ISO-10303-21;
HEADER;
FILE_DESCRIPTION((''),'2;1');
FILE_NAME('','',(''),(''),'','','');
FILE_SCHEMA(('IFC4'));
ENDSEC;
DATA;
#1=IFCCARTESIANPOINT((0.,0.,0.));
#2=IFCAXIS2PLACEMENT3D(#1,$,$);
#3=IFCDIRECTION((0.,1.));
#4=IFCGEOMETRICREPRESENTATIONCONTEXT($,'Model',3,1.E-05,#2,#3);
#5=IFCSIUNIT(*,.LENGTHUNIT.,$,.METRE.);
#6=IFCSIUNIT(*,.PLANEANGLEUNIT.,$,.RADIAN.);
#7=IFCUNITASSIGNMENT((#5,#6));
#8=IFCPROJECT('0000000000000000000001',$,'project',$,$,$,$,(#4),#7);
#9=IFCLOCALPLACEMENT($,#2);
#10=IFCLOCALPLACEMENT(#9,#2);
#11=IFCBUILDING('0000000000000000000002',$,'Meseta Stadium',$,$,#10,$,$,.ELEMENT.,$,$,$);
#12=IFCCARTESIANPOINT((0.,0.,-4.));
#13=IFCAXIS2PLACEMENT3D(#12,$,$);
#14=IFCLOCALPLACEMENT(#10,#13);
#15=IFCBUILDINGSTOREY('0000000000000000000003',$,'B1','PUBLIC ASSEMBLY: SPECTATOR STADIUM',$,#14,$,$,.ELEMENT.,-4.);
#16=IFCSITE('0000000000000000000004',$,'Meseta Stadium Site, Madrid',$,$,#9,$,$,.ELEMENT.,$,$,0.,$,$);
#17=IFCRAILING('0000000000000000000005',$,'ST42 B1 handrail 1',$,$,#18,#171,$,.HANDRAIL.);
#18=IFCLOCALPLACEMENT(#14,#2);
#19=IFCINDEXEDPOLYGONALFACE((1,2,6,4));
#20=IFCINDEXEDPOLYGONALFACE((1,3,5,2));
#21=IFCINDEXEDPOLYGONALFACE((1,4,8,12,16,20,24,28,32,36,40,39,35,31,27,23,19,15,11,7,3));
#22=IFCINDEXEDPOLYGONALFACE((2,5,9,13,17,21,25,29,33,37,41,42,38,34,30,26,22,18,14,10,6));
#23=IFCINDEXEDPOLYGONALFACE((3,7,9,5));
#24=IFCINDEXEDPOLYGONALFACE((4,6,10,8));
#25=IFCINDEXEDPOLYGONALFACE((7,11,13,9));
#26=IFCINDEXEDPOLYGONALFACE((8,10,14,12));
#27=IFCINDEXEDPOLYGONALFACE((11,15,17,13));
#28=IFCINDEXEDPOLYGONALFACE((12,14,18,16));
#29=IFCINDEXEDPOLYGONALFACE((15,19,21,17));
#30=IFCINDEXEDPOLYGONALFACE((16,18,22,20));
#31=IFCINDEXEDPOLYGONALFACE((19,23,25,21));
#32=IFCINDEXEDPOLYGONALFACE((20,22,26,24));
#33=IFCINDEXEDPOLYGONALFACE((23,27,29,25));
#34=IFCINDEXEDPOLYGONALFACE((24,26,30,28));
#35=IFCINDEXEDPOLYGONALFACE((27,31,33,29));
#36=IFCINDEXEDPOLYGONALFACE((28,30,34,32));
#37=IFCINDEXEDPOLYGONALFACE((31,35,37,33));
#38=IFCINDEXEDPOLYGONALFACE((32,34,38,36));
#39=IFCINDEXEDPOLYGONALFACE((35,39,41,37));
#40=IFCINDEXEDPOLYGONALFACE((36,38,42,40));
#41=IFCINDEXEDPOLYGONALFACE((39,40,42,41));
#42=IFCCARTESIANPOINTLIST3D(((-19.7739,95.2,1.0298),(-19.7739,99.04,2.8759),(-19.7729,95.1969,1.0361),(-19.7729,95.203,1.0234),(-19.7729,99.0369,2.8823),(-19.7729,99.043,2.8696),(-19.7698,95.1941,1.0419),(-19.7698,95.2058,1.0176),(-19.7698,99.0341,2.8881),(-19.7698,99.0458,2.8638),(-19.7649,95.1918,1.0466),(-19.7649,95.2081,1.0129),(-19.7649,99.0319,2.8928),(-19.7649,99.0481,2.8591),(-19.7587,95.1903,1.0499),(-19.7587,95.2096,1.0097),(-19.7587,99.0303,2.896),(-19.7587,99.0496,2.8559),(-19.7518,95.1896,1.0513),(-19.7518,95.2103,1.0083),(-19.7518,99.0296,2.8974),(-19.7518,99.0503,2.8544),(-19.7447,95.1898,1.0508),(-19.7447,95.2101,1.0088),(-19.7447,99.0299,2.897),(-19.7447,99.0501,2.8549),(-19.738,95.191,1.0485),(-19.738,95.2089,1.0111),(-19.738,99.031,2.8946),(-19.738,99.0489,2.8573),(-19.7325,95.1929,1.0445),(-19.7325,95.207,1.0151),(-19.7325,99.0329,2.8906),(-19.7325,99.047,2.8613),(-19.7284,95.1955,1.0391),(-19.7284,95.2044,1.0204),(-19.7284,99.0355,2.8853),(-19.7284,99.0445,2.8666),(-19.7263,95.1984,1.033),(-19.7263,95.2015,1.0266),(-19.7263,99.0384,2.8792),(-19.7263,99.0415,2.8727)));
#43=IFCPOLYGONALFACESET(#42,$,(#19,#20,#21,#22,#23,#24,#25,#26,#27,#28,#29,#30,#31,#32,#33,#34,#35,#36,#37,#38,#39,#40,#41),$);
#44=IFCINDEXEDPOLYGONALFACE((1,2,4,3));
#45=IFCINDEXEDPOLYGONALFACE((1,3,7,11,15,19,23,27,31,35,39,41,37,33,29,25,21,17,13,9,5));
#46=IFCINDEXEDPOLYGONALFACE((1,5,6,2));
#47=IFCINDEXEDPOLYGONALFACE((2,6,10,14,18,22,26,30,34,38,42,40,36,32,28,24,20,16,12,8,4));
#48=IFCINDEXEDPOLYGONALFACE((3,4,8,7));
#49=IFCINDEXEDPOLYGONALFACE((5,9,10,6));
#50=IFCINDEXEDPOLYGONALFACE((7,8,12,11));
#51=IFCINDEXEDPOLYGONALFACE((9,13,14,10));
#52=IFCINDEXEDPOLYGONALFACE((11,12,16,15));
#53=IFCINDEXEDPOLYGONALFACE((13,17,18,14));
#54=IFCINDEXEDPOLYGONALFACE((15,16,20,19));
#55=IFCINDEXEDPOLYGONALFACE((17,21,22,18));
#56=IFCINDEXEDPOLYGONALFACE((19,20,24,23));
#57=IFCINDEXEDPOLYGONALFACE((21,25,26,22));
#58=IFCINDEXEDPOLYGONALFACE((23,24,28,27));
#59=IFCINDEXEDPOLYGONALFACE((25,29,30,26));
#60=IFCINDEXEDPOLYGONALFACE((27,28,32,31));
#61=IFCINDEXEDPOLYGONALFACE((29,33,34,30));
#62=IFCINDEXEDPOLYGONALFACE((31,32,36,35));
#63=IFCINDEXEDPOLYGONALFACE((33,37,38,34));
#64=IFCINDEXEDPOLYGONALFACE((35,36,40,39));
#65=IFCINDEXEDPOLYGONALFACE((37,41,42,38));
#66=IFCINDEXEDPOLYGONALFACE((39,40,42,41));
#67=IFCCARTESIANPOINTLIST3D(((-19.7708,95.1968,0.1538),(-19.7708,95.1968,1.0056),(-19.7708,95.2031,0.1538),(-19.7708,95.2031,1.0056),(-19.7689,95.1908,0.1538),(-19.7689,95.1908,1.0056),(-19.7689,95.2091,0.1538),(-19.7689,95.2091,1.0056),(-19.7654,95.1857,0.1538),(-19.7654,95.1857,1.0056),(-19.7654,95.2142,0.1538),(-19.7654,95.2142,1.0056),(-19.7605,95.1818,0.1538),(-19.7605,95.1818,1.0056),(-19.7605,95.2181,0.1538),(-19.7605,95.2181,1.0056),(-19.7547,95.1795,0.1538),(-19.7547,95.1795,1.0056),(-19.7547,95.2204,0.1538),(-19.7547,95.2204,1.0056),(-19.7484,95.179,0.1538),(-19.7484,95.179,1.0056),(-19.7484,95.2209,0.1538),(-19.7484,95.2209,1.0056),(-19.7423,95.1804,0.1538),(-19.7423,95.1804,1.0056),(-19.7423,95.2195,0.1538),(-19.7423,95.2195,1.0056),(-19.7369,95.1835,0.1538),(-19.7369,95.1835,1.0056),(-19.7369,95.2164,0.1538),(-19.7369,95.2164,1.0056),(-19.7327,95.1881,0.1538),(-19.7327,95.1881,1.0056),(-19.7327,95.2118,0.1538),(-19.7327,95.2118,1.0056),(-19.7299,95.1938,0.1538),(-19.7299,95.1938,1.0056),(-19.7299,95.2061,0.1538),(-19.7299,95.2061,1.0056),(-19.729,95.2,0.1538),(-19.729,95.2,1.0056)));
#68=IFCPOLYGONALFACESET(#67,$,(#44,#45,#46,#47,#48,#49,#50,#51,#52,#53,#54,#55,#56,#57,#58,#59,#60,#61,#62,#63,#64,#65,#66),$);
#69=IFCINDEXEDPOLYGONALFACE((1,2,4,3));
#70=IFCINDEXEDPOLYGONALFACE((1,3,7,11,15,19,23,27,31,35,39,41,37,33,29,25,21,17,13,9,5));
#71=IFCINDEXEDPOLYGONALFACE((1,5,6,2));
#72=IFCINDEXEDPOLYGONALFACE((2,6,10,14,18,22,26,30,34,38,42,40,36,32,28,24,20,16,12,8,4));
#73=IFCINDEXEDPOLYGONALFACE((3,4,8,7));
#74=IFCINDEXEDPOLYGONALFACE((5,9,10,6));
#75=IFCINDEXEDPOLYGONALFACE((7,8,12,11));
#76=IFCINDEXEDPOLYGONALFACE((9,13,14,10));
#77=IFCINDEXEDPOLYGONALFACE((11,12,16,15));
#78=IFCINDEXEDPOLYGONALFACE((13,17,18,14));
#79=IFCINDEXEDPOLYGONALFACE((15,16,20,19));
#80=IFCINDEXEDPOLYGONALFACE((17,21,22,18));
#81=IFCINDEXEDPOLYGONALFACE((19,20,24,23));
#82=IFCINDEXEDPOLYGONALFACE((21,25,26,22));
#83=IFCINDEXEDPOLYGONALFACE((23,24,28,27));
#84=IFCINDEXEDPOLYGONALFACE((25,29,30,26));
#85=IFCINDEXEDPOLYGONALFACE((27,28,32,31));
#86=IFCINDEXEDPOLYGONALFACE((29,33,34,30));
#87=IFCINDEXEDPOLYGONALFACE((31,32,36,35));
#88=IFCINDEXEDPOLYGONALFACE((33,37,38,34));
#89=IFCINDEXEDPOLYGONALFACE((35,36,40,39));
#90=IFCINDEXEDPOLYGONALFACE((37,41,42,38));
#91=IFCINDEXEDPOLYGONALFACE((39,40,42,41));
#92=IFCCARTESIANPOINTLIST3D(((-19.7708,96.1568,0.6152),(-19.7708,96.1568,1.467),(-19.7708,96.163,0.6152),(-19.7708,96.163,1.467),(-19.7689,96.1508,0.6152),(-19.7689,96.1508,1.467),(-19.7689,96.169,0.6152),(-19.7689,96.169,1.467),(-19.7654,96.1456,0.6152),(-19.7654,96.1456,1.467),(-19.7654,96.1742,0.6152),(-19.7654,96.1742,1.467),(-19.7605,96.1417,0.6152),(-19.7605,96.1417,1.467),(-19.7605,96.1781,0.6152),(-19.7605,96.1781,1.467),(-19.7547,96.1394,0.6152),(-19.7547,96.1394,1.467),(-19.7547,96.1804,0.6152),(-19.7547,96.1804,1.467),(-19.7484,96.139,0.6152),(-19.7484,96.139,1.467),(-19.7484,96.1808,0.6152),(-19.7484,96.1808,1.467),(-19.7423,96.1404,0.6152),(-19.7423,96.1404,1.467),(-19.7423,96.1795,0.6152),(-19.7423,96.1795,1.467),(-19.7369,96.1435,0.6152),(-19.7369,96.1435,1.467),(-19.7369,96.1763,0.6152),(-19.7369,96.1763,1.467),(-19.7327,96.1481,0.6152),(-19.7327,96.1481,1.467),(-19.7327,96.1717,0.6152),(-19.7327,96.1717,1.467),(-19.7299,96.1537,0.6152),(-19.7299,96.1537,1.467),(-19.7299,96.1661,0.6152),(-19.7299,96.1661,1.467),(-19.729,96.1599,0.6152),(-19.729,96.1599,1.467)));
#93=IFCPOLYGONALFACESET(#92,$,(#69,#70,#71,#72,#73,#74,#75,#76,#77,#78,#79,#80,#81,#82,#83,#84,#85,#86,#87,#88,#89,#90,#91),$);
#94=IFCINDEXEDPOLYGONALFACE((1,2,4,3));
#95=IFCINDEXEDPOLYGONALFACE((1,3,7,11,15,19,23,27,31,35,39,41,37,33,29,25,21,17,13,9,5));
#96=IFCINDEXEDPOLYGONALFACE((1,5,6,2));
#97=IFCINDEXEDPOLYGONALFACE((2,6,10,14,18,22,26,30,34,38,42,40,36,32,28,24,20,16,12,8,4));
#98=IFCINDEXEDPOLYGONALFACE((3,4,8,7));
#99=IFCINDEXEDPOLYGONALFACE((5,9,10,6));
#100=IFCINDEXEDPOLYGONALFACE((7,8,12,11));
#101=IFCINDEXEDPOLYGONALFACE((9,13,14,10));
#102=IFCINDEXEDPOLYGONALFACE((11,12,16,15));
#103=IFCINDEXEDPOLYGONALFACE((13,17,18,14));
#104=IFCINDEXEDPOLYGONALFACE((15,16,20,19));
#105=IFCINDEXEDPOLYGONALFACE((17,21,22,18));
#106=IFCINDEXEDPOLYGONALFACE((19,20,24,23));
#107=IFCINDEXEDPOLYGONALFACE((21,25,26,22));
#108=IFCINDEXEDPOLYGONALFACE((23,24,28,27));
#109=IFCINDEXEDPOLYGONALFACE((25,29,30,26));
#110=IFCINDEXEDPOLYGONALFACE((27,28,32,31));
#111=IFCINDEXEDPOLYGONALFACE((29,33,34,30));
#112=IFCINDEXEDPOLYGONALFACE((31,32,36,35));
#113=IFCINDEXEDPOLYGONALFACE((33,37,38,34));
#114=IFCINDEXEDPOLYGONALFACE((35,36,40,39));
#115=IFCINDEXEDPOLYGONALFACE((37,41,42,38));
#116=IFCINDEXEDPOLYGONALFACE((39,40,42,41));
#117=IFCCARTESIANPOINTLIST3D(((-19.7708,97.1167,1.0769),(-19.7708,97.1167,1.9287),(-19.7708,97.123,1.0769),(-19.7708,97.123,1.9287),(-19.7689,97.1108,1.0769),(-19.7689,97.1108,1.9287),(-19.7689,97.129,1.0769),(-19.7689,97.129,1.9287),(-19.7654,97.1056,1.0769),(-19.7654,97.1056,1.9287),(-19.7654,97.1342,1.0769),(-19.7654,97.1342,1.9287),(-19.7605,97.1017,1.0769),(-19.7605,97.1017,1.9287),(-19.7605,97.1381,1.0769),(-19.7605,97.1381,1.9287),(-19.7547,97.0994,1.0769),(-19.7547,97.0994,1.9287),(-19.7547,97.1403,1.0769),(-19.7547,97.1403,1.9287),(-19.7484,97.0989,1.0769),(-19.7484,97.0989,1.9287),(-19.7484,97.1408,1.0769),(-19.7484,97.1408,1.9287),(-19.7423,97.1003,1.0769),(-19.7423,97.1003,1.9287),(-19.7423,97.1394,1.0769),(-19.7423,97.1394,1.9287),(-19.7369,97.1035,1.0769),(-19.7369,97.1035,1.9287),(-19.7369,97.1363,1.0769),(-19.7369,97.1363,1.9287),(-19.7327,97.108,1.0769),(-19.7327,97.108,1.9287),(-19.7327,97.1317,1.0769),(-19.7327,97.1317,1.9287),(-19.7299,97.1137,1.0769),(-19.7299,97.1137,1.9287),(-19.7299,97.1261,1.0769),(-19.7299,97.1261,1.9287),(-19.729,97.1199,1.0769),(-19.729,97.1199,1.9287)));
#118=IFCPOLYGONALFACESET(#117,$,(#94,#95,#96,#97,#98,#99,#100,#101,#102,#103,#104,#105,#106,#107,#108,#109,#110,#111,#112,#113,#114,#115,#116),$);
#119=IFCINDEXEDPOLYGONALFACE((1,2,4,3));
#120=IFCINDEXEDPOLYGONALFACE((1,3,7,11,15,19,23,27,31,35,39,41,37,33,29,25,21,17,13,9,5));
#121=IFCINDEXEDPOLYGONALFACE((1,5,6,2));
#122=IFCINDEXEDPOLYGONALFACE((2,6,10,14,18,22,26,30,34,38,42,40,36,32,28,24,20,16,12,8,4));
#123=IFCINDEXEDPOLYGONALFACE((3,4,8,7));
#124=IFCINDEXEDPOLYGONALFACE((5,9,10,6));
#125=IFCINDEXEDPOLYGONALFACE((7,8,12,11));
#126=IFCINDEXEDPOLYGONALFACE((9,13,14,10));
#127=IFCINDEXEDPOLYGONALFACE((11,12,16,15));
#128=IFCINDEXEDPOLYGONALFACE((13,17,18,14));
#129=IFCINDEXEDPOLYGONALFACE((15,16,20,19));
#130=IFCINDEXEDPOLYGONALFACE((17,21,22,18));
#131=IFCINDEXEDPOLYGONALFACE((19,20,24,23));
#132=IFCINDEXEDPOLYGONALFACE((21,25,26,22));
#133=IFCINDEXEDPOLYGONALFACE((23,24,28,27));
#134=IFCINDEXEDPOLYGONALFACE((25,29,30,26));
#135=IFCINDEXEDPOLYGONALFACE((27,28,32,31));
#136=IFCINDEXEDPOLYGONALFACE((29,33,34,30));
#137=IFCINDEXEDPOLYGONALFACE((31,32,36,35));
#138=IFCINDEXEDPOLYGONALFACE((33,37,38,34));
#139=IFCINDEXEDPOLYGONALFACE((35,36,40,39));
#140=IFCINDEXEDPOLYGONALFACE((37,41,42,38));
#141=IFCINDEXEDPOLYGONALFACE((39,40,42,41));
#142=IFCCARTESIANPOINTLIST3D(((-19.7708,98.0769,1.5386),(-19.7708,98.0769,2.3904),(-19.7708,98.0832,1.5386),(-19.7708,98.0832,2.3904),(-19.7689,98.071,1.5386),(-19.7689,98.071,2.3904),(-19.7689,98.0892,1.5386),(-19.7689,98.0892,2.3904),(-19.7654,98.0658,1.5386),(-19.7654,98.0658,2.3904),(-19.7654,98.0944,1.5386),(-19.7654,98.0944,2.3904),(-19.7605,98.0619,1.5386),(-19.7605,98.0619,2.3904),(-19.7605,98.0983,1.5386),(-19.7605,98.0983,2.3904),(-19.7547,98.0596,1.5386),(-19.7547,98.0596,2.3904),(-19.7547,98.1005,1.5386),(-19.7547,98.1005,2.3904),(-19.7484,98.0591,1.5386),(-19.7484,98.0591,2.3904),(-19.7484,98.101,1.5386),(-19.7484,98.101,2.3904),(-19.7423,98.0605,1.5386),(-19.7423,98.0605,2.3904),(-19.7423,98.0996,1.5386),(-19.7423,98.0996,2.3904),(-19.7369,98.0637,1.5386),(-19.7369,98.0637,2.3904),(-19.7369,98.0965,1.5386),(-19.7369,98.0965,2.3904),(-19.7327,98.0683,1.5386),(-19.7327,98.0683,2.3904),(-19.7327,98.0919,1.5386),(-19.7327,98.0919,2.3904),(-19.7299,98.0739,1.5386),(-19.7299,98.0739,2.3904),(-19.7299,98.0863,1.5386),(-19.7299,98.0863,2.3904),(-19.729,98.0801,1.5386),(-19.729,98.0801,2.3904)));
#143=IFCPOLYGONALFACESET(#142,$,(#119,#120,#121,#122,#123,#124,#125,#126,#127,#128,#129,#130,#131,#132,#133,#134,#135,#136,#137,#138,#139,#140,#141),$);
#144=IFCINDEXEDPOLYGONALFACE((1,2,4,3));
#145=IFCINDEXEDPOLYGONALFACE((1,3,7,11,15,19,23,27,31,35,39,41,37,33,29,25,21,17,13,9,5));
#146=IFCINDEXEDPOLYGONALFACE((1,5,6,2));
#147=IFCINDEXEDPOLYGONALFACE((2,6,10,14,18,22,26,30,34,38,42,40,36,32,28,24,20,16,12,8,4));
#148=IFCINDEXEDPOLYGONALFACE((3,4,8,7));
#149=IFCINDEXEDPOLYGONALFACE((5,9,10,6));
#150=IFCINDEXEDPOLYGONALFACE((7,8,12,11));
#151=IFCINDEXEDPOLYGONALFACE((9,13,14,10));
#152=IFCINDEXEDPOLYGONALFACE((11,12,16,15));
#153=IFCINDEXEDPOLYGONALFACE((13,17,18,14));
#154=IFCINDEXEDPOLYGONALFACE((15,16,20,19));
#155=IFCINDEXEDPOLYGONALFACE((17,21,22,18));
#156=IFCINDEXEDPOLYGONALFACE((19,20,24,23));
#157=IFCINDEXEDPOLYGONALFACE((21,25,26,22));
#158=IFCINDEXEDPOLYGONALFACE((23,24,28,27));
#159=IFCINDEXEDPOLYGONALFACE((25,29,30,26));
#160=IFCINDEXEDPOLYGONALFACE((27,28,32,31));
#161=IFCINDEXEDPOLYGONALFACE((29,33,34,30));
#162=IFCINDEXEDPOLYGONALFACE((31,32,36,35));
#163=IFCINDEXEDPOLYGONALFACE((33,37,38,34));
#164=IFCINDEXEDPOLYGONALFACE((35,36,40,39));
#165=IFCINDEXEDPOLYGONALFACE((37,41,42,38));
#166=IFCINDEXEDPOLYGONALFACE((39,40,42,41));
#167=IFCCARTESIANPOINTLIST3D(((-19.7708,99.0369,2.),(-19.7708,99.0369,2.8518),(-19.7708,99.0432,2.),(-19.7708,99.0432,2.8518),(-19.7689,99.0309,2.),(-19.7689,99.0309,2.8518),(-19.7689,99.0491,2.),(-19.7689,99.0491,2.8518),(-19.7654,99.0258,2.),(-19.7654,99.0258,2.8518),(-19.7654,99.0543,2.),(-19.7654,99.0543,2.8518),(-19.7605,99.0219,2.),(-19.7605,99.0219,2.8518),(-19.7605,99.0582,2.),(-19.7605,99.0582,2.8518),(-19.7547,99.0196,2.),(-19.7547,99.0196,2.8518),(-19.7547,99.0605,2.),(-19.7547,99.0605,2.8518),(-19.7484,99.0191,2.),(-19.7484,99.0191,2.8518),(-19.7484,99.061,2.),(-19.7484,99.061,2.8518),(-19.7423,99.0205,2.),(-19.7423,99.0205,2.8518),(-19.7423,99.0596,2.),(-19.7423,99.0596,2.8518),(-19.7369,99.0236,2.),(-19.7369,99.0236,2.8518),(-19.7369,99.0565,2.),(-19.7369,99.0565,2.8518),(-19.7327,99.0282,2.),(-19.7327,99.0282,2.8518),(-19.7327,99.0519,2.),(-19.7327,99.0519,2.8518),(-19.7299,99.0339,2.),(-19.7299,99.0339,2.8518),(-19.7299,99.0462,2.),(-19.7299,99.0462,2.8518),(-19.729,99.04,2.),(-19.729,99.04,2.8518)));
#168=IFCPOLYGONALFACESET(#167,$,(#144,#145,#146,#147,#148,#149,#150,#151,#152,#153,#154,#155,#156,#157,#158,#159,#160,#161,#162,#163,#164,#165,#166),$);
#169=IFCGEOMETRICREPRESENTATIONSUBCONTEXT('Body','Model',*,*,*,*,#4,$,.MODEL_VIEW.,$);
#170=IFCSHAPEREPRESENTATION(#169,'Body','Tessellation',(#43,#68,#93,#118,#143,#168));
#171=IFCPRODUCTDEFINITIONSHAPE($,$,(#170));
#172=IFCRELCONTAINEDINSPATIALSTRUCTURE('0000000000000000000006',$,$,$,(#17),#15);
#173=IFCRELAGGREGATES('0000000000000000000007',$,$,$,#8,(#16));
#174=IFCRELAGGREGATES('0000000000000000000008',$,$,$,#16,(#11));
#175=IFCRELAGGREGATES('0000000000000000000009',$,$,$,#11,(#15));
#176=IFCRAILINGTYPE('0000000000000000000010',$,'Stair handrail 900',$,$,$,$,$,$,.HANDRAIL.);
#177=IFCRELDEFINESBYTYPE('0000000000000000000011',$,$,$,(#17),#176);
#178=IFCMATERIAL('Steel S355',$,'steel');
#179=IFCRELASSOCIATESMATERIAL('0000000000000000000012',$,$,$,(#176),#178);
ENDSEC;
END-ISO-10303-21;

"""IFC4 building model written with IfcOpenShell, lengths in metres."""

from ifc_helpers import new_model, si_unit, direction, frame, origin, origin_2d, place, context, subcontext, project, spatial, circle, extrude, material, type_object, element, save


model = new_model("IFC4")

# Units and contexts
model_context = context("Model", 3, precision=1e-05, world=origin(), true_north=direction((0.0, 1.0)))
body_context = subcontext(model_context, "Body", "Model", "MODEL_VIEW")
ifc_project = project(units=[si_unit("LENGTHUNIT", "METRE"), si_unit("PLANEANGLEUNIT", "RADIAN")], contexts=[model_context])

# Site, building, storey
site_placement = place(None, origin())
site = spatial("IfcSite", under=ifc_project, at=site_placement, Name="Meseta Stadium Site, Madrid", CompositionType="ELEMENT", RefElevation=0.0)
building_placement = place(site_placement, origin())
building = spatial("IfcBuilding", under=site, at=building_placement, Name="Meseta Stadium", CompositionType="ELEMENT")
storey_placement = place(building_placement, frame((0.0, 0.0, -4.0)))
storey = spatial("IfcBuildingStorey", under=building, at=storey_placement, Name="B1", Description="PUBLIC ASSEMBLY: SPECTATOR STADIUM", CompositionType="ELEMENT", Elevation=-4.0)

# Railing
ifc_material_1 = material(Name="Steel S355", Category="steel")
railing_type_1 = type_object("IfcRailingType", Name="Stair handrail 900", PredefinedType="HANDRAIL", material=ifc_material_1)
railing_1_placement = place(storey_placement, frame((-19.75, 95.2, 0.1538)))
element("IfcRailing", 1, at=railing_1_placement, inside=storey, type_object=railing_type_1, Name="ST42 B1 handrail 1", PredefinedType="HANDRAIL", context=body_context, shape_type="SweptSolid", body=[
    extrude(circle(Radius=0.0239, at=origin_2d()), frame((0.0, 0.0, 0.876), z_axis=(0.0, 0.901253, 0.433294), x_axis=(-1.0, 0.0, 0.0)), (0.0, 0.0, 1.0), 4.2607),
    extrude(circle(Radius=0.021, at=origin_2d()), origin(), (0.0, 0.0, 1.0), 0.8518),
    extrude(circle(Radius=0.021, at=origin_2d()), frame((0.0, 0.96, 0.4614)), (0.0, 0.0, 1.0), 0.8518),
    extrude(circle(Radius=0.021, at=origin_2d()), frame((0.0, 1.9199, 0.9231)), (0.0, 0.0, 1.0), 0.8518),
    extrude(circle(Radius=0.021, at=origin_2d()), frame((0.0, 2.8801, 1.3848)), (0.0, 0.0, 1.0), 0.8518),
    extrude(circle(Radius=0.021, at=origin_2d()), frame((0.0, 3.8401, 1.8462)), (0.0, 0.0, 1.0), 0.8518),
])

save(model, "model.ifc")
